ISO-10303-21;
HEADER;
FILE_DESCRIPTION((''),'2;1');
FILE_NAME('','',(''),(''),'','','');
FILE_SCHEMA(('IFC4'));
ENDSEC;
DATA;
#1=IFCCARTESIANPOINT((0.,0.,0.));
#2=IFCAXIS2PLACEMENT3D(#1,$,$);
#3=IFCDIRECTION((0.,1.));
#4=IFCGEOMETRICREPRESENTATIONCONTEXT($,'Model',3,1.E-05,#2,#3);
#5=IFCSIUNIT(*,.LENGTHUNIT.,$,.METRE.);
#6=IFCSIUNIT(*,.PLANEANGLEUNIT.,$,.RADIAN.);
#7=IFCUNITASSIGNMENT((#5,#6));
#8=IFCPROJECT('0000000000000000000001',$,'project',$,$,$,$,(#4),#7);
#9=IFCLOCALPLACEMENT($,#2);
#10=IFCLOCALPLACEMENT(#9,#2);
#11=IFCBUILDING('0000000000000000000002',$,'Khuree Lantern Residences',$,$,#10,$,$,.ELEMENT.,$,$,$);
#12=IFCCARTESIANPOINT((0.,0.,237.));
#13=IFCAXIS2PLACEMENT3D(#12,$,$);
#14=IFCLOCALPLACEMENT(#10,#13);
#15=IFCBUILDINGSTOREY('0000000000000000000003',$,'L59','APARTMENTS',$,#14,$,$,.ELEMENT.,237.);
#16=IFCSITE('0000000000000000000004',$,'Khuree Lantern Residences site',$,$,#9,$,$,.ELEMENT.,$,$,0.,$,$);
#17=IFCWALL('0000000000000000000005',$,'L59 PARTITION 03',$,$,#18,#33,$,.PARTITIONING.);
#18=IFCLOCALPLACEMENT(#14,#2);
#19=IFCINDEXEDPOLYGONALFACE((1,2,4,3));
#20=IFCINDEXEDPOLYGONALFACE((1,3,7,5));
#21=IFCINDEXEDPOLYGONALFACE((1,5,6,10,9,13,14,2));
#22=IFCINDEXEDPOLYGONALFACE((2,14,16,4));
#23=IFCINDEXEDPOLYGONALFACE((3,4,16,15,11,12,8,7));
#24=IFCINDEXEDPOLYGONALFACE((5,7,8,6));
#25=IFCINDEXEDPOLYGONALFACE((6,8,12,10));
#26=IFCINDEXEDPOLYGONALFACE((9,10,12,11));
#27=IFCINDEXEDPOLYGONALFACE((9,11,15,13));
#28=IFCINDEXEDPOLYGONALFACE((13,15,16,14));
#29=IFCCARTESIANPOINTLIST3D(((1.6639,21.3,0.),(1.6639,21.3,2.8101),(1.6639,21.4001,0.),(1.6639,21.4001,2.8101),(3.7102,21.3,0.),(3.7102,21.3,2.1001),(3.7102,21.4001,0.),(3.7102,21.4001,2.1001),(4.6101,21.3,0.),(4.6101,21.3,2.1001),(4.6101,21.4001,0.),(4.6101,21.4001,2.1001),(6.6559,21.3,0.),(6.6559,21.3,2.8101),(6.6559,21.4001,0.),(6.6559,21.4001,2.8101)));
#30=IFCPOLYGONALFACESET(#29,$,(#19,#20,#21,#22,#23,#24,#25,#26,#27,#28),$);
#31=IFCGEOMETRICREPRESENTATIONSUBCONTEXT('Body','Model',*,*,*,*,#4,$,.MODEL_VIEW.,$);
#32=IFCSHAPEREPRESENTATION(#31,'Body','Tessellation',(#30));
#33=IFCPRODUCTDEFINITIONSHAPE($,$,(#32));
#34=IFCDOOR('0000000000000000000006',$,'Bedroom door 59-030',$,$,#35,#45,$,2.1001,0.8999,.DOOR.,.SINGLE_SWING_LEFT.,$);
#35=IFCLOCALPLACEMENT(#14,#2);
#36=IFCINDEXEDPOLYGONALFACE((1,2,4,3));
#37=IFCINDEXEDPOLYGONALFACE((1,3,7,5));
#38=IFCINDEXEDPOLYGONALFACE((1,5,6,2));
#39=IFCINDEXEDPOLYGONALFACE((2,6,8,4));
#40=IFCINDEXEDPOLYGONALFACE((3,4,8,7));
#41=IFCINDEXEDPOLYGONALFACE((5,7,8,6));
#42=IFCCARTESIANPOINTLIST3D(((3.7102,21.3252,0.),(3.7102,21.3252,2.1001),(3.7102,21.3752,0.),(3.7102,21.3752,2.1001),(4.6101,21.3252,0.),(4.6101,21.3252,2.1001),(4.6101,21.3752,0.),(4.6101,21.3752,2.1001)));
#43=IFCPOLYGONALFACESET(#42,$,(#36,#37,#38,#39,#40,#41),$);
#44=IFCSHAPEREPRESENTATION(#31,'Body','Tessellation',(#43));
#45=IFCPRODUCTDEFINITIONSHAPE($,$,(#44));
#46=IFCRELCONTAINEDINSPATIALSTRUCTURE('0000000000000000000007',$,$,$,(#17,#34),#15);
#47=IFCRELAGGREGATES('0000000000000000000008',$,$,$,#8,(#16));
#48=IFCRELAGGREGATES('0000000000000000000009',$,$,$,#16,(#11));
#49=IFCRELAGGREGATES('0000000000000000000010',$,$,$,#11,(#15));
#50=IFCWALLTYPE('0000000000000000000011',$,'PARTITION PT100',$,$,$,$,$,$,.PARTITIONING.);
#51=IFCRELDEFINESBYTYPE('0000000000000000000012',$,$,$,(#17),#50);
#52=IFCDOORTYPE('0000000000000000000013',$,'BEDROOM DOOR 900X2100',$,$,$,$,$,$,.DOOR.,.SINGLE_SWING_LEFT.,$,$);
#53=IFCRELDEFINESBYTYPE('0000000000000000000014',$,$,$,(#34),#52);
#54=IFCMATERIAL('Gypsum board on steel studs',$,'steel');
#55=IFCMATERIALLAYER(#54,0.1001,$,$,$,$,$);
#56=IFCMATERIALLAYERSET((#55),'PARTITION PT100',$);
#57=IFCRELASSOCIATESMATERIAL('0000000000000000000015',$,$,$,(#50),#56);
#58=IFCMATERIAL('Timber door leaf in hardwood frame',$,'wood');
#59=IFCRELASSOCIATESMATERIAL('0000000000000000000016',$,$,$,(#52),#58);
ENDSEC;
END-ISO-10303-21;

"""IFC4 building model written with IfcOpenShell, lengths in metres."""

from ifc_helpers import new_model, si_unit, direction, frame, frame_2d, origin, place, context, subcontext, project, spatial, rectangle, extrude, material, layer, layer_set, type_object, element, fill, save


model = new_model("IFC4")

# Units and contexts
model_context = context("Model", 3, precision=1e-05, world=origin(), true_north=direction((0.0, 1.0)))
body_context = subcontext(model_context, "Body", "Model", "MODEL_VIEW")
ifc_project = project(units=[si_unit("LENGTHUNIT", "METRE"), si_unit("PLANEANGLEUNIT", "RADIAN")], contexts=[model_context])

# Site, building, storey
site_placement = place(None, origin())
site = spatial("IfcSite", under=ifc_project, at=site_placement, Name="Khuree Lantern Residences site", CompositionType="ELEMENT", RefElevation=0.0)
building_placement = place(site_placement, origin())
building = spatial("IfcBuilding", under=site, at=building_placement, Name="Khuree Lantern Residences", CompositionType="ELEMENT")
storey_placement = place(building_placement, frame((0.0, 0.0, 237.0)))
storey = spatial("IfcBuildingStorey", under=building, at=storey_placement, Name="L59", Description="APARTMENTS", CompositionType="ELEMENT", Elevation=237.0)

# Shared definitions
ifc_material_1 = material(Name="Gypsum board on steel studs", Category="steel")
ifc_layer_1 = layer(ifc_material_1, 0.1001)
ifc_layer_set_1 = layer_set([ifc_layer_1], Name="PARTITION PT100")
wall_type = type_object("IfcWallType", Name="PARTITION PT100", PredefinedType="PARTITIONING", material=ifc_layer_set_1)

# Shared definitions
ifc_material_2 = material(Name="Timber door leaf in hardwood frame", Category="wood")
door_type_1 = type_object("IfcDoorType", Name="BEDROOM DOOR 900X2100", OperationType="SINGLE_SWING_LEFT", PredefinedType="DOOR", material=ifc_material_2)

# Wall, opening, door
wall_1_placement = place(storey_placement, frame((6.656, 21.3501, 0.0), z_axis=(0.0, 0.0, 1.0), x_axis=(-1.0, 0.0, 0.0)))
wall_1 = element("IfcWall", 1, at=wall_1_placement, inside=storey, type_object=wall_type, Name="L59 PARTITION 03", PredefinedType="PARTITIONING", context=body_context, shape_type="SweptSolid", body=[
    extrude(rectangle(XDim=4.9919, YDim=0.1001, at=frame_2d((2.4961, 0.0))), origin(), (0.0, 0.0, 1.0), 2.8101),
])
opening_1_placement = place(wall_1_placement, frame((2.0459, 0.0, 0.0)))
opening_1 = element("IfcOpeningElement", 2, at=opening_1_placement, cuts=wall_1, PredefinedType="OPENING", context=body_context, shape_type="SweptSolid", body=[
    extrude(rectangle(XDim=0.8999, YDim=2.1001, at=frame_2d((0.45, 1.05))), frame((0.0, 0.0601, 0.0), z_axis=(0.0, -1.0, 0.0), x_axis=(1.0, 0.0, 0.0)), (0.0, 0.0, 1.0), 0.1201),
])
door_1_placement = place(opening_1_placement, origin())
door_1 = element("IfcDoor", 3, at=door_1_placement, inside=storey, type_object=door_type_1, Name="Bedroom door 59-030", OperationType="SINGLE_SWING_LEFT", OverallHeight=2.1001, OverallWidth=0.8999, PredefinedType="DOOR", context=body_context, shape_type="SweptSolid", body=[
    extrude(rectangle(XDim=0.8999, YDim=2.1001, at=frame_2d((0.45, 1.05))), frame((0.0, 0.0249, 0.0), z_axis=(0.0, -1.0, 0.0), x_axis=(1.0, 0.0, 0.0)), (0.0, 0.0, 1.0), 0.05),
])
fill(opening_1, door_1)

save(model, "model.ifc")
